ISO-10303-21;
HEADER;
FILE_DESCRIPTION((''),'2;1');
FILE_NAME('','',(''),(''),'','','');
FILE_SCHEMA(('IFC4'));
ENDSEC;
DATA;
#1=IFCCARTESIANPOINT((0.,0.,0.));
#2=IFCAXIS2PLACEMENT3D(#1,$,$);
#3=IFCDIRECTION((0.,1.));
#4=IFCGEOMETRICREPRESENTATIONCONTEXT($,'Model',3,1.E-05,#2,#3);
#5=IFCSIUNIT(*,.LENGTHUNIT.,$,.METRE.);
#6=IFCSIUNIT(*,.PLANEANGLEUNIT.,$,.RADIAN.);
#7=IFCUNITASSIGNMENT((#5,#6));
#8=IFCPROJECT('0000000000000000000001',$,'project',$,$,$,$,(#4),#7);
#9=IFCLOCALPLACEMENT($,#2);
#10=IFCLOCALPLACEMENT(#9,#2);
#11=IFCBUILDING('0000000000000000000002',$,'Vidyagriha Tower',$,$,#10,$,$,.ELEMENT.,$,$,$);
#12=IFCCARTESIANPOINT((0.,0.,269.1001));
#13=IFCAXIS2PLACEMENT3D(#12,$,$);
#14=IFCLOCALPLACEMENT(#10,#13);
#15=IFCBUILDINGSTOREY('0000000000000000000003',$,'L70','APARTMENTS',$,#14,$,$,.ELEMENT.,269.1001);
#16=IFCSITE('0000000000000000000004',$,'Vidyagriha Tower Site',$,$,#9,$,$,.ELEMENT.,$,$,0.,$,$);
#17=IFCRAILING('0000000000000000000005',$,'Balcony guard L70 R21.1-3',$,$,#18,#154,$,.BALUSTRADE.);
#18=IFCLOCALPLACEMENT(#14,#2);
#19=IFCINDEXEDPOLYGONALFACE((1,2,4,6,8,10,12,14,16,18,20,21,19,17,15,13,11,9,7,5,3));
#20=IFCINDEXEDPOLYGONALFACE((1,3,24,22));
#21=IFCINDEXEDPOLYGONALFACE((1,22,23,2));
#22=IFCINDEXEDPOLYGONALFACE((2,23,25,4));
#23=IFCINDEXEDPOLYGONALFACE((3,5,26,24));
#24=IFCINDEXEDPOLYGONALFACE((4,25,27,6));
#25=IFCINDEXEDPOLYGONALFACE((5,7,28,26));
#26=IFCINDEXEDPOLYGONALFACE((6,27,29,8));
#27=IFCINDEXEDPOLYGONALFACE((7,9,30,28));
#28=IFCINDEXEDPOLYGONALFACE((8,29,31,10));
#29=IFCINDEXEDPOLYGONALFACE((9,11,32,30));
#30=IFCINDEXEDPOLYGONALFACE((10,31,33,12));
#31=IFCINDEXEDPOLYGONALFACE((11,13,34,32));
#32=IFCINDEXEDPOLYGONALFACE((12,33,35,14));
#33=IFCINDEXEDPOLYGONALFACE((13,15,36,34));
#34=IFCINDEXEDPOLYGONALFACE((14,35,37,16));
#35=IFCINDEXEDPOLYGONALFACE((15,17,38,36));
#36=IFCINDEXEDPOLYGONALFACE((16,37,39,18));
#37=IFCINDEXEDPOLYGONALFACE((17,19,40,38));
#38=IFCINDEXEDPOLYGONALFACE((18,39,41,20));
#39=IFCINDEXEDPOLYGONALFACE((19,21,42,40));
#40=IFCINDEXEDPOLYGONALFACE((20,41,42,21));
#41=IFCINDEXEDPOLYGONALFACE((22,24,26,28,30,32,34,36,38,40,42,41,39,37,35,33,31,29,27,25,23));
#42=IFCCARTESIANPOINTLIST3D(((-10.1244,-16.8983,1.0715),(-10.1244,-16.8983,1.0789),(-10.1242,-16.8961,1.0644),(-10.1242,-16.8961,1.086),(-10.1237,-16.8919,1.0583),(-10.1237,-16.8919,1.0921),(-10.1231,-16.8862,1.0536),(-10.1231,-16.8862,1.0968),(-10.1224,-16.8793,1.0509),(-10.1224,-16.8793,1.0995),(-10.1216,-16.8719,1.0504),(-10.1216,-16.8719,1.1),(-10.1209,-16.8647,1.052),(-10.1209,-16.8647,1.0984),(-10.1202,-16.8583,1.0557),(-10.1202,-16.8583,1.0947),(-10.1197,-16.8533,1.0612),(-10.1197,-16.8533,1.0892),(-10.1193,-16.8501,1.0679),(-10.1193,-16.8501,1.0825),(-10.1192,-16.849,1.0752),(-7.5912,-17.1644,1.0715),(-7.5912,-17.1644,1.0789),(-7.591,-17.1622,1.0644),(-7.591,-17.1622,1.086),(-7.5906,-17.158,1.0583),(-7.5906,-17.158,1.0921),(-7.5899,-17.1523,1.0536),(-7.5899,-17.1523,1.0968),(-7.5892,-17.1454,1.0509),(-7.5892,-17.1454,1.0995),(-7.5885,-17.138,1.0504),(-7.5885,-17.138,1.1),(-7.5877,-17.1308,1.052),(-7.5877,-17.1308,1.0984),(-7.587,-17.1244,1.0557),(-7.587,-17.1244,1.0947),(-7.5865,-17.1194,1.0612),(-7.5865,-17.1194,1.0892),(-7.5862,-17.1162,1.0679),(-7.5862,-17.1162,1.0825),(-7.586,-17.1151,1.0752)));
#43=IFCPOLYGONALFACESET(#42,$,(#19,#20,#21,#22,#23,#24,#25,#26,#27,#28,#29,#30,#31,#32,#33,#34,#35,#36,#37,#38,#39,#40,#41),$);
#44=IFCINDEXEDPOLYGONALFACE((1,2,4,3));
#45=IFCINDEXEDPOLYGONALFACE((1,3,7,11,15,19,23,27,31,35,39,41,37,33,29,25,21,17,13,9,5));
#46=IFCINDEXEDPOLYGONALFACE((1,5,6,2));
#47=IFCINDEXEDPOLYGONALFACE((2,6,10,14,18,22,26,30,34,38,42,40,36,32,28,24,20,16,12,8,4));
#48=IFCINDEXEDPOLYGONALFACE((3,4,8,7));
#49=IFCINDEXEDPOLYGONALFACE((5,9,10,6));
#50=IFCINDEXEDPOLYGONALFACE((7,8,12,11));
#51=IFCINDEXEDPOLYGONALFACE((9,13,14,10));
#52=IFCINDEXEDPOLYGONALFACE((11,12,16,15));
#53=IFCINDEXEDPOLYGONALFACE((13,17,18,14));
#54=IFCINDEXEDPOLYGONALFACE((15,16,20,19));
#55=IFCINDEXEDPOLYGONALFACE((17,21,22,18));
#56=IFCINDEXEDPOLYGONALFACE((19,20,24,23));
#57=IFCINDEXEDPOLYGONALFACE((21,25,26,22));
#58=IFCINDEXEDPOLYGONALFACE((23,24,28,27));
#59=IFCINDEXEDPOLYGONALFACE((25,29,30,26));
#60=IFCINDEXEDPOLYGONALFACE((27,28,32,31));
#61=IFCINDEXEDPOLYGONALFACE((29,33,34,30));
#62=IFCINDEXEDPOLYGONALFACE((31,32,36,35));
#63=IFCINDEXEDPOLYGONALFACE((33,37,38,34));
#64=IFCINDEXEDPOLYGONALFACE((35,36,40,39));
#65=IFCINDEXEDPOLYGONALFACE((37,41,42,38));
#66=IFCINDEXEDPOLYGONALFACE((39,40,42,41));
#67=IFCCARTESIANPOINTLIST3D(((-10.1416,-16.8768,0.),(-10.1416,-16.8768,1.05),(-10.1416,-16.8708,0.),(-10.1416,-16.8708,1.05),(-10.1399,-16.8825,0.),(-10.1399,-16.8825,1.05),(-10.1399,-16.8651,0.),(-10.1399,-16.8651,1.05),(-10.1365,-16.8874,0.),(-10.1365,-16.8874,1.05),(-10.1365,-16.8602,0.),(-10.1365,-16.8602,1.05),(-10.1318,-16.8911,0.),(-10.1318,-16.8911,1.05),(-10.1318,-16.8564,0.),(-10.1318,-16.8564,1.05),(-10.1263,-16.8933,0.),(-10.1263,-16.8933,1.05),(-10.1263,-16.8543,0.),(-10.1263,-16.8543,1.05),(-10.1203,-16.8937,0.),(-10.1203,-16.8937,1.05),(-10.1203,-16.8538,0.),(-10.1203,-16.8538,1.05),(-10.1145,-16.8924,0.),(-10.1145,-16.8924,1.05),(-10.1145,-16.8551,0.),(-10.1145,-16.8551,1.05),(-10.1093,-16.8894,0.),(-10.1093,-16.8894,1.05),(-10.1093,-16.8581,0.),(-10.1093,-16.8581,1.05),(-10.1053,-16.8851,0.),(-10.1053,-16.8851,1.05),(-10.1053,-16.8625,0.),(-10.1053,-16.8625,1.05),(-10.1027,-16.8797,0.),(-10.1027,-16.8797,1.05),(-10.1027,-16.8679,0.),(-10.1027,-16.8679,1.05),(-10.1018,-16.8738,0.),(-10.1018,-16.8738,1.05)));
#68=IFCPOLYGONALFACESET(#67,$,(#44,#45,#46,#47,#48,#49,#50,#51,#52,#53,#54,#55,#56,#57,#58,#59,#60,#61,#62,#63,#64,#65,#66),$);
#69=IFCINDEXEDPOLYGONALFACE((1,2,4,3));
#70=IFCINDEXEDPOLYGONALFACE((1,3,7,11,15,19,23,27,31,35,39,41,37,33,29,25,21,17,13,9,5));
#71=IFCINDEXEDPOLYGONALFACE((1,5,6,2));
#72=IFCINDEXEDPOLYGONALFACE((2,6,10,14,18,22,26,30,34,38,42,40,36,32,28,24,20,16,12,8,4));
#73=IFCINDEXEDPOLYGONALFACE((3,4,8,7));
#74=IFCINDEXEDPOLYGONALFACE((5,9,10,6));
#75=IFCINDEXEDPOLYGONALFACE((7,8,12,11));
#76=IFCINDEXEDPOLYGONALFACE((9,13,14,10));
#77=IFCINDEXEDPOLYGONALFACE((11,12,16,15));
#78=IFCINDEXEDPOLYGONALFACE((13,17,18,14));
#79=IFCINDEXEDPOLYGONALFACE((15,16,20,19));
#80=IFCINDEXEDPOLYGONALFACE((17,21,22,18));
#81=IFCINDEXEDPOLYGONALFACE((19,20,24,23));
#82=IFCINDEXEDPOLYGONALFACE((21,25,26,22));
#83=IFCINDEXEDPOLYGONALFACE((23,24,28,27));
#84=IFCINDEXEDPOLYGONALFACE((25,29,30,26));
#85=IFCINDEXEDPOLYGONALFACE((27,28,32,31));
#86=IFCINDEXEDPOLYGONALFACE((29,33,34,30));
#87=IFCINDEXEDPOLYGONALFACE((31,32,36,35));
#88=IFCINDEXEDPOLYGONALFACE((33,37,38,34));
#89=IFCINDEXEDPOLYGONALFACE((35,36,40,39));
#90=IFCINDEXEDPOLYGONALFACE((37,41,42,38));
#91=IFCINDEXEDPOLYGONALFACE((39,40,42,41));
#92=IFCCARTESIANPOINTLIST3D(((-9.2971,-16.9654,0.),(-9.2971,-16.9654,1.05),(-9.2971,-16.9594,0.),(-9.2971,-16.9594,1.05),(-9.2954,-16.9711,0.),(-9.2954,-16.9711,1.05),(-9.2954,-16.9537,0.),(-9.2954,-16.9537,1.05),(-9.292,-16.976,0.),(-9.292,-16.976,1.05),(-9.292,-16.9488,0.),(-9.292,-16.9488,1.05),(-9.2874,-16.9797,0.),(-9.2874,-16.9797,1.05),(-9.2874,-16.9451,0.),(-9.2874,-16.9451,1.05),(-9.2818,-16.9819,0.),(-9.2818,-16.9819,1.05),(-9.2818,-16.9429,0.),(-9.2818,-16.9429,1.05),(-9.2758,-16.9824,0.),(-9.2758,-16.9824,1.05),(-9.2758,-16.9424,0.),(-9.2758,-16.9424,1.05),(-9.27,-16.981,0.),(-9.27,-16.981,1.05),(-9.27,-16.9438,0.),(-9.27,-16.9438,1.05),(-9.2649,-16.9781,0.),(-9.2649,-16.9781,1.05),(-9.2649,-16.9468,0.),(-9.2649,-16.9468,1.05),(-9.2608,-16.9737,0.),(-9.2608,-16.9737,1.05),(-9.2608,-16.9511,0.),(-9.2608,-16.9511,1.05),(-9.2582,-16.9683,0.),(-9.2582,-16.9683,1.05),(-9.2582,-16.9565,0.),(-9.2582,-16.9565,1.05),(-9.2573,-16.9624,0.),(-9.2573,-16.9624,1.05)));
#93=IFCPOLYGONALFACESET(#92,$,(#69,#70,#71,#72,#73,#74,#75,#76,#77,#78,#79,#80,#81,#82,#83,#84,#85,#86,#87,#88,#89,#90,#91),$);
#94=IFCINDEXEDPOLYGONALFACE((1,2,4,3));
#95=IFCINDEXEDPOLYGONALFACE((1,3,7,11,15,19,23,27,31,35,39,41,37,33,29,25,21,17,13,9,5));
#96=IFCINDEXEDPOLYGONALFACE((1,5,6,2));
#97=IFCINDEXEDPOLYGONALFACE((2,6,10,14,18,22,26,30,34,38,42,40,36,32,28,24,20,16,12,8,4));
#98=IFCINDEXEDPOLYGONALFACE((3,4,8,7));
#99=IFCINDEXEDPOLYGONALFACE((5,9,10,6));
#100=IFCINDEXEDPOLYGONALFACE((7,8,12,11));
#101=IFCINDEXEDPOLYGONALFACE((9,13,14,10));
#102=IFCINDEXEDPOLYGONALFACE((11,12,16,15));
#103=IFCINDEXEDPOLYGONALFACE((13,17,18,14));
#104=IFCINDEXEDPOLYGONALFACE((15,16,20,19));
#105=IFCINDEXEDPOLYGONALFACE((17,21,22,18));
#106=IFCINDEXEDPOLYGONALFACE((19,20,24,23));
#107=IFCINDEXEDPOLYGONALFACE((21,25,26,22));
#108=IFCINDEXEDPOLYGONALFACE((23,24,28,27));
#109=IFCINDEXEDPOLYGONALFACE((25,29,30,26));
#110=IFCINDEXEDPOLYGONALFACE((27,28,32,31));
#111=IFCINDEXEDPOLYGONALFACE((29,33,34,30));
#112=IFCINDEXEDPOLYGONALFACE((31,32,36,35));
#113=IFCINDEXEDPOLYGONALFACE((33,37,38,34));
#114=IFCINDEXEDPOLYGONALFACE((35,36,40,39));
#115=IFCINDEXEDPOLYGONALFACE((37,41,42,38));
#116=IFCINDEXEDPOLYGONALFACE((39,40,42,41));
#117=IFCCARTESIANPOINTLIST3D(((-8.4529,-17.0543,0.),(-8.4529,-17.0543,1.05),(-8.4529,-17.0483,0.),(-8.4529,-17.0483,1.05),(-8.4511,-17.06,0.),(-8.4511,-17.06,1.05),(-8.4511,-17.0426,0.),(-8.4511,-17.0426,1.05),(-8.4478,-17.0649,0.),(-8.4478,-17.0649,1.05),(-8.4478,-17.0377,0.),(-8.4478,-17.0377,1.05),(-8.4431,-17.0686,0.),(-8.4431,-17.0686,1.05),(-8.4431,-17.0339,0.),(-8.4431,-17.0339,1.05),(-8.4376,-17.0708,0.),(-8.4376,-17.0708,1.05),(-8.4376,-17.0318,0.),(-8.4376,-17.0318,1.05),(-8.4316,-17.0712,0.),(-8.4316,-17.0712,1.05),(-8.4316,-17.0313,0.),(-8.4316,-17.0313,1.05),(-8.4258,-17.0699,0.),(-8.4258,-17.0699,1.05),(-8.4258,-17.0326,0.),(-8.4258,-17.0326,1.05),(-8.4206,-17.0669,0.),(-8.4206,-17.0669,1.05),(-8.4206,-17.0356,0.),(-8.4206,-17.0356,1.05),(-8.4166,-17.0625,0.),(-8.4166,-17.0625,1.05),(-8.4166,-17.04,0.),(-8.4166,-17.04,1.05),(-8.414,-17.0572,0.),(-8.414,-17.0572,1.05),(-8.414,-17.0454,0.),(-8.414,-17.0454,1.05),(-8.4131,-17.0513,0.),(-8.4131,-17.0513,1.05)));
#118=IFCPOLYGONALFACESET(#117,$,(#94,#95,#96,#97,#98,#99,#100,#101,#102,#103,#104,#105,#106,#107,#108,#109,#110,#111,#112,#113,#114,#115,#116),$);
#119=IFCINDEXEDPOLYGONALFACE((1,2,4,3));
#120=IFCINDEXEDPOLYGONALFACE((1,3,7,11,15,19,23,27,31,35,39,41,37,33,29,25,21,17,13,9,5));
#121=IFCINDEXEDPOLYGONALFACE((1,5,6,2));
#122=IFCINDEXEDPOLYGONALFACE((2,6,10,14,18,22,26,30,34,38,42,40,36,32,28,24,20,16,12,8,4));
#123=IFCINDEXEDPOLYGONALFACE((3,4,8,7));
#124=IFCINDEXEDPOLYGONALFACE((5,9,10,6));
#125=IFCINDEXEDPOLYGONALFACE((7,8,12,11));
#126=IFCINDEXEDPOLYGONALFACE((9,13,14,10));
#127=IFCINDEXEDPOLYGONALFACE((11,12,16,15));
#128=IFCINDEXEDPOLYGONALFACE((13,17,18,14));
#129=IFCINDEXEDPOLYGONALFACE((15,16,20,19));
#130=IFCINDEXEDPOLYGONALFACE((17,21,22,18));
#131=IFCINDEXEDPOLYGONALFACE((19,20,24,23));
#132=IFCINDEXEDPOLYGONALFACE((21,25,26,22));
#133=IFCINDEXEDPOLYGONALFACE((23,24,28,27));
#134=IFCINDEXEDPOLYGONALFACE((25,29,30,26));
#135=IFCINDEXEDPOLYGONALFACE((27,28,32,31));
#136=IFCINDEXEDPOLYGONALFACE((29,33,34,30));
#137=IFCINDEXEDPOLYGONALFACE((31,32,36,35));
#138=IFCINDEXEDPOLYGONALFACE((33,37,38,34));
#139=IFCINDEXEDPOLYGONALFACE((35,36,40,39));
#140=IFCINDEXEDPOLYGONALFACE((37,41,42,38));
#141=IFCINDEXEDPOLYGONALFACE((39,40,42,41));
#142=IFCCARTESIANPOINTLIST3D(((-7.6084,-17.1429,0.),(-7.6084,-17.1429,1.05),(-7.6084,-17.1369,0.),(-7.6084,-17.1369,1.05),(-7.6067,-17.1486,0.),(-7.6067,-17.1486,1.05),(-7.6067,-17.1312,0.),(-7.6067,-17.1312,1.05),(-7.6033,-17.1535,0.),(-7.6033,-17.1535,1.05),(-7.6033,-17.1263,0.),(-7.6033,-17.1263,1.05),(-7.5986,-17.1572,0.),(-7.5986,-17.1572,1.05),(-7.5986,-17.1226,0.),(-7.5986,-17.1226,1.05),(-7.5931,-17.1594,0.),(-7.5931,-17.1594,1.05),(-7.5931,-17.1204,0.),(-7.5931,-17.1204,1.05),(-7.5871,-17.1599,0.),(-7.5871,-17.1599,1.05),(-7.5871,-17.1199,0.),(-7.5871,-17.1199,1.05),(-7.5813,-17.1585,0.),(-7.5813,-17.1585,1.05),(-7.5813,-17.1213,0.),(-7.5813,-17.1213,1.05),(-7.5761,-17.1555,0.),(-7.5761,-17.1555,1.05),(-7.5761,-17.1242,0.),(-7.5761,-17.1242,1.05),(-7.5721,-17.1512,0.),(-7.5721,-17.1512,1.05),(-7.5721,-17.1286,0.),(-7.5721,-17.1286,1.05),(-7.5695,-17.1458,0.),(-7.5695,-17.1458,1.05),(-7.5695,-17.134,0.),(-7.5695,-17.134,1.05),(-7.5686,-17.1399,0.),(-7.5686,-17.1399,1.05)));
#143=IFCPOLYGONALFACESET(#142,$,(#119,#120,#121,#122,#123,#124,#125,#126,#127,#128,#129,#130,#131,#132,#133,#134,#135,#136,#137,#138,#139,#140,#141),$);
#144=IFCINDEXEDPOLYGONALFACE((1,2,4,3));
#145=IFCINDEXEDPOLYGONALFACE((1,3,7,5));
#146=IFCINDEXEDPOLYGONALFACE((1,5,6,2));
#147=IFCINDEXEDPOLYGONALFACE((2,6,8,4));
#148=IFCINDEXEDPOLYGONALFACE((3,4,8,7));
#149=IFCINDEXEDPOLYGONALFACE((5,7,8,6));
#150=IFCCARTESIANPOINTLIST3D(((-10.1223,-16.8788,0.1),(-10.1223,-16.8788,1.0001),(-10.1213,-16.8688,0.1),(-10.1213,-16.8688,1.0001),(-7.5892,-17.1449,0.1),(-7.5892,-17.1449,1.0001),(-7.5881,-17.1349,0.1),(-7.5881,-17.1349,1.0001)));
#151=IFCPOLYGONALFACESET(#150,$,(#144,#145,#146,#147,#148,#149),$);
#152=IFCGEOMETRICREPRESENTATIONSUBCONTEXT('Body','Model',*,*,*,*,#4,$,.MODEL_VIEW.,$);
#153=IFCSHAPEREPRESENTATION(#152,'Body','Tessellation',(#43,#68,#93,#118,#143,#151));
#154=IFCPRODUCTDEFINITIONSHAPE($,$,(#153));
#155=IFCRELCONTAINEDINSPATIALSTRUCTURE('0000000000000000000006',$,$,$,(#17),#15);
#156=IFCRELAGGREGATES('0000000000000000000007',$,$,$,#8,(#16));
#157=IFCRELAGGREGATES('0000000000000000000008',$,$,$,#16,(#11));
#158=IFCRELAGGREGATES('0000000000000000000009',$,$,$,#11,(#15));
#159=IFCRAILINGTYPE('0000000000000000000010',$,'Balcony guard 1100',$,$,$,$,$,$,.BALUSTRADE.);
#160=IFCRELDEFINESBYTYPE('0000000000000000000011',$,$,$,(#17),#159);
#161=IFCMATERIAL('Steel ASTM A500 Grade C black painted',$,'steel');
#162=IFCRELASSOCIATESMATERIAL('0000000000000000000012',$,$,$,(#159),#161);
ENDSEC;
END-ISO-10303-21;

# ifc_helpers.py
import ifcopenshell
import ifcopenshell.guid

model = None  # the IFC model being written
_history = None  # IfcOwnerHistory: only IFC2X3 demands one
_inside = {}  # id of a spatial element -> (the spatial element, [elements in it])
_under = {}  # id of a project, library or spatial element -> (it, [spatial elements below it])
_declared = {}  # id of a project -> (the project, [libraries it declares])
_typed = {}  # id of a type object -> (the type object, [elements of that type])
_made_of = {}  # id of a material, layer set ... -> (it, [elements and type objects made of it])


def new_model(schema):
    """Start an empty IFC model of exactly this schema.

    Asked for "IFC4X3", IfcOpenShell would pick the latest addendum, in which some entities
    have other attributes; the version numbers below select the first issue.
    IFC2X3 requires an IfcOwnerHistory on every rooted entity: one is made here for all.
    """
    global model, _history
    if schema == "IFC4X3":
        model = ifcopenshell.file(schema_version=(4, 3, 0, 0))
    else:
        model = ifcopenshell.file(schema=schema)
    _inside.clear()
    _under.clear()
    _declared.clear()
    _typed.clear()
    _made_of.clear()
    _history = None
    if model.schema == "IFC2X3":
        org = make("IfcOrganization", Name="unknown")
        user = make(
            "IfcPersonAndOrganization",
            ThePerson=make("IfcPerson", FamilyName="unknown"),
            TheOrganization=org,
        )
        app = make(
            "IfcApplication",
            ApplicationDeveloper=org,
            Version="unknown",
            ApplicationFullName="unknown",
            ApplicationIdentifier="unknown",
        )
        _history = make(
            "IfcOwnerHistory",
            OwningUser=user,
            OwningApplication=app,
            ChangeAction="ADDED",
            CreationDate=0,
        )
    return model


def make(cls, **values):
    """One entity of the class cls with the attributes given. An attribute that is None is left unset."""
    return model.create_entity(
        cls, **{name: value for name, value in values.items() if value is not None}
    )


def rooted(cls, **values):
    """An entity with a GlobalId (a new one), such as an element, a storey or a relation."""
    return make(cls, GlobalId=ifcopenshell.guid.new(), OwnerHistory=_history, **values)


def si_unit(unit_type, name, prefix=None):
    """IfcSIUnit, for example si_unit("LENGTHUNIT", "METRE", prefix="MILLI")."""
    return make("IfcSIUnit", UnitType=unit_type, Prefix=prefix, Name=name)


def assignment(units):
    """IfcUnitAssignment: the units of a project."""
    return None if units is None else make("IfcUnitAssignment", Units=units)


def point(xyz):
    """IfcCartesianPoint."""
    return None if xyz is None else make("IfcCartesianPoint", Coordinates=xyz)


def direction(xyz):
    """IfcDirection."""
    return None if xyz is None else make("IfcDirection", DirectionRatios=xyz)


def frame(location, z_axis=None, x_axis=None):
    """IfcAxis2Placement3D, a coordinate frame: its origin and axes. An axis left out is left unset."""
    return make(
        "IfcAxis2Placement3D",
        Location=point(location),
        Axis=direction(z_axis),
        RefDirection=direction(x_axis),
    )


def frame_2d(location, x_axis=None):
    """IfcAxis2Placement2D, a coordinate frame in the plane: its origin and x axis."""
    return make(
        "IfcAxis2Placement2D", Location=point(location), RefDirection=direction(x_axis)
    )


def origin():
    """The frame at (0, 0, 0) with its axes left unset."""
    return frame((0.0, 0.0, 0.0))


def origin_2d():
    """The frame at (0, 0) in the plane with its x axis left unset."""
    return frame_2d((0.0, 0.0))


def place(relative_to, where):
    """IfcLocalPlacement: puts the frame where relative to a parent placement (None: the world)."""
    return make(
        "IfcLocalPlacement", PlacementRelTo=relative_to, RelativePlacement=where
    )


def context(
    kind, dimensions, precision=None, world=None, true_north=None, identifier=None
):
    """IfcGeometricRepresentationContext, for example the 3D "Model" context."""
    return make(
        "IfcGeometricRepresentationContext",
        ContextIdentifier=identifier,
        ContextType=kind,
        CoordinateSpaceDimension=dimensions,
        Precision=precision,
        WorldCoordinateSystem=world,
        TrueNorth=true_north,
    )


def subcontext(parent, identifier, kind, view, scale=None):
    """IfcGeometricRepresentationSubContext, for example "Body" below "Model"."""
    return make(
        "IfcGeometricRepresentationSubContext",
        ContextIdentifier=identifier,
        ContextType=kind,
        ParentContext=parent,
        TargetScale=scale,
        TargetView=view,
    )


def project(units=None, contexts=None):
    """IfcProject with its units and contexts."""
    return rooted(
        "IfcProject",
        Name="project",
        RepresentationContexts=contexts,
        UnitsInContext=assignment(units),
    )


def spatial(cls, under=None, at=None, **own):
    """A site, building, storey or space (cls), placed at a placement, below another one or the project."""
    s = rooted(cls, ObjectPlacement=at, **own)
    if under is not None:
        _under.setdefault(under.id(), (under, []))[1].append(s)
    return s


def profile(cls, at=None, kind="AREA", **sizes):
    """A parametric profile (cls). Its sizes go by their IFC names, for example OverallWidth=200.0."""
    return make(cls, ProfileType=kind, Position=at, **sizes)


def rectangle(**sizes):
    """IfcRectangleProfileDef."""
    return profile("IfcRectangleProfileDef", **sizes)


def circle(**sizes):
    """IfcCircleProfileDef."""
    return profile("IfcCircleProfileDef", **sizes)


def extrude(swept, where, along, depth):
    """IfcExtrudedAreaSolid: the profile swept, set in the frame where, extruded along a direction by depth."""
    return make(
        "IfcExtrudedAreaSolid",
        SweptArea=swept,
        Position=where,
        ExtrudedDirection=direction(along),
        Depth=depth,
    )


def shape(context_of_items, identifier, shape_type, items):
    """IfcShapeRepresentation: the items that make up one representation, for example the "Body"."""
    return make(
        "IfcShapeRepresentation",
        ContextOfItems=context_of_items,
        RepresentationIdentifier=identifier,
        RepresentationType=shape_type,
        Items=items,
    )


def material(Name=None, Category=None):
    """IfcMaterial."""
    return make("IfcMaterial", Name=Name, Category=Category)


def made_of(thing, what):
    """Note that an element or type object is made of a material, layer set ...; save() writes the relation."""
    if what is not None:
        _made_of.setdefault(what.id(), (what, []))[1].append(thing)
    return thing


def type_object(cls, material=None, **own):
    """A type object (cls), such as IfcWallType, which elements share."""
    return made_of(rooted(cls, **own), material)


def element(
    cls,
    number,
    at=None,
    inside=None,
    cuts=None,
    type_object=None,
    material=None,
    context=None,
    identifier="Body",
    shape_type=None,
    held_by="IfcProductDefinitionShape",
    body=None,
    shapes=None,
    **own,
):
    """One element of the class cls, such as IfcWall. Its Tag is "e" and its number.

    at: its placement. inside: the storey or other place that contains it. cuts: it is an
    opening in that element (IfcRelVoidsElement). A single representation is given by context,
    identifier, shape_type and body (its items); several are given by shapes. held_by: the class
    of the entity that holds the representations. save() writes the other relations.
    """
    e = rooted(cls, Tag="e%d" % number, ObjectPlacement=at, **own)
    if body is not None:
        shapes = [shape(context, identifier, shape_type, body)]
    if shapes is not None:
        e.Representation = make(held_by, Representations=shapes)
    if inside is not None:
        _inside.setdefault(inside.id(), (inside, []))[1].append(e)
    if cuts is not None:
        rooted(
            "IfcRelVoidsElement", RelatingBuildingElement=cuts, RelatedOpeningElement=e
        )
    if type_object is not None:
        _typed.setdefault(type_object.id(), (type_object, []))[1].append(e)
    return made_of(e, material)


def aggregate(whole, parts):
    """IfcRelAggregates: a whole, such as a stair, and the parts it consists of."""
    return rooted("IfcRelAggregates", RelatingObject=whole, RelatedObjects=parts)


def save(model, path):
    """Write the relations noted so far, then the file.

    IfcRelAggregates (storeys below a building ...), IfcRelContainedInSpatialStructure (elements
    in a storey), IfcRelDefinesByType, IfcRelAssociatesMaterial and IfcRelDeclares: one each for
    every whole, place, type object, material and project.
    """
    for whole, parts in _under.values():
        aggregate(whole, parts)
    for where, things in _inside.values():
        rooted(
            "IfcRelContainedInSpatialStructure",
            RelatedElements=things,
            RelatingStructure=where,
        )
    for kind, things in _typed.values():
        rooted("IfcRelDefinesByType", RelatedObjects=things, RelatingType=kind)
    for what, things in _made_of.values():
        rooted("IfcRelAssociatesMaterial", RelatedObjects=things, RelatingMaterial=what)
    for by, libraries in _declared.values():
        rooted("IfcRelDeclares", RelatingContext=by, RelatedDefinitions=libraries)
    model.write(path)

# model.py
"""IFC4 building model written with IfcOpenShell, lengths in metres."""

from ifc_helpers import new_model, si_unit, direction, frame, origin, origin_2d, place, context, subcontext, project, spatial, rectangle, circle, extrude, material, type_object, element, save


model = new_model("IFC4")

# Units and contexts
model_context = context("Model", 3, precision=1e-05, world=origin(), true_north=direction((0.0, 1.0)))
body_context = subcontext(model_context, "Body", "Model", "MODEL_VIEW")
ifc_project = project(units=[si_unit("LENGTHUNIT", "METRE"), si_unit("PLANEANGLEUNIT", "RADIAN")], contexts=[model_context])

# Site, building, storey
site_placement = place(None, origin())
site = spatial("IfcSite", under=ifc_project, at=site_placement, Name="Vidyagriha Tower Site", CompositionType="ELEMENT", RefElevation=0.0)
building_placement = place(site_placement, origin())
building = spatial("IfcBuilding", under=site, at=building_placement, Name="Vidyagriha Tower", CompositionType="ELEMENT")
storey_placement = place(building_placement, frame((0.0, 0.0, 269.1001)))
storey = spatial("IfcBuildingStorey", under=building, at=storey_placement, Name="L70", Description="APARTMENTS", CompositionType="ELEMENT", Elevation=269.1001)

# Railing
ifc_material_1 = material(Name="Steel ASTM A500 Grade C black painted", Category="steel")
railing_type = type_object("IfcRailingType", Name="Balcony guard 1100", PredefinedType="BALUSTRADE", material=ifc_material_1)
railing_placement = place(storey_placement, frame((-10.1218, -16.8738, 0.0)))
element("IfcRailing", 1, at=railing_placement, inside=storey, type_object=railing_type, Name="Balcony guard L70 R21.1-3", PredefinedType="BALUSTRADE", context=body_context, shape_type="SweptSolid", body=[
    extrude(circle(Radius=0.0249, at=origin_2d()), frame((0.0, 0.0, 1.0752), z_axis=(0.994527, -0.104475, 0.0), x_axis=(0.104475, 0.994527, 0.0)), (0.0, 0.0, 1.0), 2.5471),
    extrude(circle(Radius=0.02, at=origin_2d()), origin(), (0.0, 0.0, 1.0), 1.05),
    extrude(circle(Radius=0.02, at=origin_2d()), frame((0.8445, -0.0886, 0.0)), (0.0, 0.0, 1.0), 1.05),
    extrude(circle(Radius=0.02, at=origin_2d()), frame((1.6887, -0.1775, 0.0)), (0.0, 0.0, 1.0), 1.05),
    extrude(circle(Radius=0.02, at=origin_2d()), frame((2.5332, -0.2661, 0.0)), (0.0, 0.0, 1.0), 1.05),
    extrude(rectangle(XDim=0.01, YDim=0.9001, at=origin_2d()), frame((0.0, 0.0, 0.55), z_axis=(0.994527, -0.104475, 0.0), x_axis=(0.104475, 0.994527, 0.0)), (0.0, 0.0, 1.0), 2.5471),
])

save(model, "model.ifc")
